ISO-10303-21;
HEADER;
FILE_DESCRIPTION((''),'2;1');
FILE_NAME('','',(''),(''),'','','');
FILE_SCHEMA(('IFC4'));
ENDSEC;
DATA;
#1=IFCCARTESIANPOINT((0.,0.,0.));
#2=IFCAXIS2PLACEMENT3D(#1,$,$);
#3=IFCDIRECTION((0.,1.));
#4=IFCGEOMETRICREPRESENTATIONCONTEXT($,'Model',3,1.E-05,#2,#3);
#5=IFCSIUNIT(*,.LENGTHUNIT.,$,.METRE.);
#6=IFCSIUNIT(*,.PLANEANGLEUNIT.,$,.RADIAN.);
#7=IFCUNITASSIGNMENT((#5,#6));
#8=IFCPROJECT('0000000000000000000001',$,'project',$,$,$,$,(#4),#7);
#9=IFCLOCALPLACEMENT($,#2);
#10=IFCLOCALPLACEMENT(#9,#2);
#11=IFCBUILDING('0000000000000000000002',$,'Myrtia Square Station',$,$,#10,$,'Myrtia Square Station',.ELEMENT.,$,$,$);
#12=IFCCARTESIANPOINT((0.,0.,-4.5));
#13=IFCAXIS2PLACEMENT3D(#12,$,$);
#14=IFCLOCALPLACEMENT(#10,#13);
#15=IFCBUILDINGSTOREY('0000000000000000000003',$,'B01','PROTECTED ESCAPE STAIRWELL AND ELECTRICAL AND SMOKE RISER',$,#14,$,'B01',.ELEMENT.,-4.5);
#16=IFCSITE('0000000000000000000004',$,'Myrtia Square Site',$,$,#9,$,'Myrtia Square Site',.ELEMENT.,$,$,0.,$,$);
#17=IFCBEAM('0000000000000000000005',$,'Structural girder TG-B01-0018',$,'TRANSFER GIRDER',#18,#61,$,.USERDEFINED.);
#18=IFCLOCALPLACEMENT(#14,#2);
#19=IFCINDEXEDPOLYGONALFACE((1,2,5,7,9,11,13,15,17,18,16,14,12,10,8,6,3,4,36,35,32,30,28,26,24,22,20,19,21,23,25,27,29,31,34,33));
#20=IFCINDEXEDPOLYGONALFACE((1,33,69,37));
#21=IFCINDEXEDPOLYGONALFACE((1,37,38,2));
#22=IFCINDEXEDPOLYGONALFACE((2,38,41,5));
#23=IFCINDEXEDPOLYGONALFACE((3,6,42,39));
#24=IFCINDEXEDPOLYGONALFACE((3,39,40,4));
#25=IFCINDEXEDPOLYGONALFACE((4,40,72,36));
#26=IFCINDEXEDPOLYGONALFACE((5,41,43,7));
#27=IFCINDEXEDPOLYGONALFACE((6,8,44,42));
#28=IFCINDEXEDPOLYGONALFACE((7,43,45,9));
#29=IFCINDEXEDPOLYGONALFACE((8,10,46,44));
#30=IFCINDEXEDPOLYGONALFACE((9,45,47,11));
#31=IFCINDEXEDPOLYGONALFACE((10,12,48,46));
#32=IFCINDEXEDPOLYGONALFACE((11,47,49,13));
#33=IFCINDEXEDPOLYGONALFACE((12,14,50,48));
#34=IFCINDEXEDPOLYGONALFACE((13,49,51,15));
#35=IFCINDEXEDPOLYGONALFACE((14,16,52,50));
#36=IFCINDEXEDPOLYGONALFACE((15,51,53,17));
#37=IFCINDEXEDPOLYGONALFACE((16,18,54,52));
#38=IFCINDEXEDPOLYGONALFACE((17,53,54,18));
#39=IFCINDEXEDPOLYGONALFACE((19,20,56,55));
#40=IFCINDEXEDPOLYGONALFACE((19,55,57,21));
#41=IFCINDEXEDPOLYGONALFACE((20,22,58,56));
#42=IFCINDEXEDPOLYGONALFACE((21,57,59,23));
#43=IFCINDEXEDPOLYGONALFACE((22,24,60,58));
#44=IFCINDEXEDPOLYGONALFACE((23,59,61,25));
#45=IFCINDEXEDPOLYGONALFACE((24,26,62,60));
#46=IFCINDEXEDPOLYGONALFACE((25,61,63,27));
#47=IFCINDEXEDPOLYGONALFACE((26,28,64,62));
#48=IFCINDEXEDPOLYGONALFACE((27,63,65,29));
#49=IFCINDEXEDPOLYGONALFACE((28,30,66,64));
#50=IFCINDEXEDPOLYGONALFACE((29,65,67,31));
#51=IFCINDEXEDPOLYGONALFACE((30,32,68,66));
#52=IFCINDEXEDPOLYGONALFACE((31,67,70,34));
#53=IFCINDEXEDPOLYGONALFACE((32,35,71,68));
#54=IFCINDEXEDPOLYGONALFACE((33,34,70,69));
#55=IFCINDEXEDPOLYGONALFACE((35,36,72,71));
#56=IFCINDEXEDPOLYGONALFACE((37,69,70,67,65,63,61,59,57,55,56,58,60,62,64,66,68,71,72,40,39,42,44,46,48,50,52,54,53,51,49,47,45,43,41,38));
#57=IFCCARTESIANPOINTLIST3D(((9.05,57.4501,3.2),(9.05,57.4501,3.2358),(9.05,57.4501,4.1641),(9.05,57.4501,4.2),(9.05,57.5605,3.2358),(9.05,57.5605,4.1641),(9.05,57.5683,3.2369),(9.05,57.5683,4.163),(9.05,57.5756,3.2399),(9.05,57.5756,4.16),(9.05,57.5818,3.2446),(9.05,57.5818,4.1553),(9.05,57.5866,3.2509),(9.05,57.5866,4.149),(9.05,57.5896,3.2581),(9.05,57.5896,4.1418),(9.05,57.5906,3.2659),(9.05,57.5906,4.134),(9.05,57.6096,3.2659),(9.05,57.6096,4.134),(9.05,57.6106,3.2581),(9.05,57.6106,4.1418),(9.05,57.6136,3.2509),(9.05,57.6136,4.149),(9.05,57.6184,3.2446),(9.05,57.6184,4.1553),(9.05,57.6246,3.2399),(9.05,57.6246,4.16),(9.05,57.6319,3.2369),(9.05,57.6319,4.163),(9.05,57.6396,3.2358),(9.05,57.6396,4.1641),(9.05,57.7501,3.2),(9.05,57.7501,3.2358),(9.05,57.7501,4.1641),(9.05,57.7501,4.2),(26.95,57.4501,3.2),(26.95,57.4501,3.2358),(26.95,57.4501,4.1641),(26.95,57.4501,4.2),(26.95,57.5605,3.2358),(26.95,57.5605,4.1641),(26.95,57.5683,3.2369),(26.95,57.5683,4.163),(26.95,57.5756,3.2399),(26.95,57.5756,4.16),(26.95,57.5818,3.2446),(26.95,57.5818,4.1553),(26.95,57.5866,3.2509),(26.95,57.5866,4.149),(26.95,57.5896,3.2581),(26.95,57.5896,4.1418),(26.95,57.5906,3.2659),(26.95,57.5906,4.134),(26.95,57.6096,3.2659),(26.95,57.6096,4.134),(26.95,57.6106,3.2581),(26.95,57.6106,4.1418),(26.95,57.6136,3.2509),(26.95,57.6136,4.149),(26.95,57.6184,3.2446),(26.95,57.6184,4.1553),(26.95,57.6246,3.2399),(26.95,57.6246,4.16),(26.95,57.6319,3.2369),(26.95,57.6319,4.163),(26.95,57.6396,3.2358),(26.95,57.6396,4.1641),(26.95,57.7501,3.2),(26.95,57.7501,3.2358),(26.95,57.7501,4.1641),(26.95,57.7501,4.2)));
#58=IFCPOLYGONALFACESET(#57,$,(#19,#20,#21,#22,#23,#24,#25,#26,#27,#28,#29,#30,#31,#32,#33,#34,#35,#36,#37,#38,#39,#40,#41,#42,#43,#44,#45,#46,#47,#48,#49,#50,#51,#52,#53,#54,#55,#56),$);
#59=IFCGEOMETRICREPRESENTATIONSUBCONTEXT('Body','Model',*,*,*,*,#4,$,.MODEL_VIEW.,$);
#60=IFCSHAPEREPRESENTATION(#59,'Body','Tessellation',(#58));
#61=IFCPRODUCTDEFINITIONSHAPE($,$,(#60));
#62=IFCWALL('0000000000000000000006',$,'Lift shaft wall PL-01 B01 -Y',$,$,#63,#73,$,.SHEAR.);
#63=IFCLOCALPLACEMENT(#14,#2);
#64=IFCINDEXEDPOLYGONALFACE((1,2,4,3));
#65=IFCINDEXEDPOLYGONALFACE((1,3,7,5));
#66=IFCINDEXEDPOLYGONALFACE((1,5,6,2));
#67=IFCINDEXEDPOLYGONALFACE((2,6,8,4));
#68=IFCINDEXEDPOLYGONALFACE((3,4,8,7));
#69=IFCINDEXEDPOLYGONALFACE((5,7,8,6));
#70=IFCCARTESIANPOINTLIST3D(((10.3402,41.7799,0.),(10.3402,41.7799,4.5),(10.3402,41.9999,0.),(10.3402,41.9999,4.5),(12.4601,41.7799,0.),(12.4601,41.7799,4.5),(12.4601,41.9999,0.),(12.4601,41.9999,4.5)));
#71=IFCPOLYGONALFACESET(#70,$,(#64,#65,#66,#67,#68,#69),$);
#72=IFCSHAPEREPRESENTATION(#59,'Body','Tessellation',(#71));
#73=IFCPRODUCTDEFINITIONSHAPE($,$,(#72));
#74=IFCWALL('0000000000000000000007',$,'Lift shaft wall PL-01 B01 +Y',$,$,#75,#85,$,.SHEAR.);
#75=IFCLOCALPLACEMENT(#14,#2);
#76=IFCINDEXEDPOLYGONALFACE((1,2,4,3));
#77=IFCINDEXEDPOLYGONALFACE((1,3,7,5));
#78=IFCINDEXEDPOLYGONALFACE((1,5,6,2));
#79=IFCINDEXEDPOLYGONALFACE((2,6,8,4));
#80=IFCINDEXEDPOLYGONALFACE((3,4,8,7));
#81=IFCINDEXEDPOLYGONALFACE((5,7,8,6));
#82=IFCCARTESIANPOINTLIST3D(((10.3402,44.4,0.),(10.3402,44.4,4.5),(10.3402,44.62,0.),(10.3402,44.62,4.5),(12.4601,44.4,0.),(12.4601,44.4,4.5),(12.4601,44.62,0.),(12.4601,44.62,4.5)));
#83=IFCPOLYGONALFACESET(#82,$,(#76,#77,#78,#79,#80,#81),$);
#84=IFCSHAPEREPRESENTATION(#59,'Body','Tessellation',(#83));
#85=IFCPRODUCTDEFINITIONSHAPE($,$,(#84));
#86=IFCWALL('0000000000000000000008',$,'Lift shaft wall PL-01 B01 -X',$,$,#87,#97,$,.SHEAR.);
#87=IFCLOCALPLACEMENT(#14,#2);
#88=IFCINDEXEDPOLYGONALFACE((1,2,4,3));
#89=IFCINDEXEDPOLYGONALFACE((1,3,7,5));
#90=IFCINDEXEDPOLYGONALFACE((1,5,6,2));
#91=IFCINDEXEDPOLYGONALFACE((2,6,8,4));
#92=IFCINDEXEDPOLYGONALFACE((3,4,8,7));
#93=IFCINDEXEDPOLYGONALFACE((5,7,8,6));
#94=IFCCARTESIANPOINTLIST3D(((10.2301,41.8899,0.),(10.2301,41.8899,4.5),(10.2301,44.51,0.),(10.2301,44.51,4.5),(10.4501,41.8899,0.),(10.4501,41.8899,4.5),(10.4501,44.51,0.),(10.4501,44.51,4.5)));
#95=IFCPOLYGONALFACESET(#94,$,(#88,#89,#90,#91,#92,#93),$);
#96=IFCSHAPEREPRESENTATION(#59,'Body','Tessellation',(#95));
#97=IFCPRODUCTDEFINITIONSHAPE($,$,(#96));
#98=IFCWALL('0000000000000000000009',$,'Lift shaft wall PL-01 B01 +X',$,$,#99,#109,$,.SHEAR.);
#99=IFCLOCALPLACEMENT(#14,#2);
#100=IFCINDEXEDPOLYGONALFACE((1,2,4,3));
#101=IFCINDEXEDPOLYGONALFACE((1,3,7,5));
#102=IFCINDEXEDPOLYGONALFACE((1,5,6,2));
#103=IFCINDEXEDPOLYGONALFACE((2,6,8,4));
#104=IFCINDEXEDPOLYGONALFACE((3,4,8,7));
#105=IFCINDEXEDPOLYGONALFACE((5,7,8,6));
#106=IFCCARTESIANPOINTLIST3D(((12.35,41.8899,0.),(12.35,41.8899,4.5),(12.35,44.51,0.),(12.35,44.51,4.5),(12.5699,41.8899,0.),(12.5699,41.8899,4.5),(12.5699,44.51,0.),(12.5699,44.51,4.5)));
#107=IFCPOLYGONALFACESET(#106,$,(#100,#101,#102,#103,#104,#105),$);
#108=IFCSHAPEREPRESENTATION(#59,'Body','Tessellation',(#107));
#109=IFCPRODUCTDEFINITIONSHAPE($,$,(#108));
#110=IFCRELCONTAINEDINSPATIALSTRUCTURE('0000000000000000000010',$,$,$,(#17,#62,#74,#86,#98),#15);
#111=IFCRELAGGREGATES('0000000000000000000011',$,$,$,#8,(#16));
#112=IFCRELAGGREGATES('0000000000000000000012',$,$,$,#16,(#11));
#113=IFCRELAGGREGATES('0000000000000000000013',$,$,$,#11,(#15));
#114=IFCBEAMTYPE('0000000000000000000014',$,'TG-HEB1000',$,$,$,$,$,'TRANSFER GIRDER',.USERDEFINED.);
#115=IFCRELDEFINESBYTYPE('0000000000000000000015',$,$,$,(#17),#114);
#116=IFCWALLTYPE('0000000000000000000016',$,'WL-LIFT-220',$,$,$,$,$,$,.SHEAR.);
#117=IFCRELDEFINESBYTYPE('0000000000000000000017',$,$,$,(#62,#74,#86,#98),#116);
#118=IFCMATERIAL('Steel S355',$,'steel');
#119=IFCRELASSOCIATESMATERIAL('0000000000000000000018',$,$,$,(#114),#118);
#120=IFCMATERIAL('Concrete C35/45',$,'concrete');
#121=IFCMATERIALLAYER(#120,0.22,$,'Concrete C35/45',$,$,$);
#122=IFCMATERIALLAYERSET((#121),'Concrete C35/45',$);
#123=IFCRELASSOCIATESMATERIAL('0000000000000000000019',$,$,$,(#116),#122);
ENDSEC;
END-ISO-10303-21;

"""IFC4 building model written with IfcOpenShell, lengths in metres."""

from ifc_helpers import new_model, si_unit, direction, frame, frame_2d, origin, origin_2d, place, context, subcontext, project, spatial, rectangle, i_section, extrude, material, layer, layer_set, material_profile, profile_set, type_object, element, save


model = new_model("IFC4")

# Units and contexts
model_context = context("Model", 3, precision=1e-05, world=origin(), true_north=direction((0.0, 1.0)))
body_context = subcontext(model_context, "Body", "Model", "MODEL_VIEW")
ifc_project = project(units=[si_unit("LENGTHUNIT", "METRE"), si_unit("PLANEANGLEUNIT", "RADIAN")], contexts=[model_context])

# Site, building, storey
site_placement = place(None, origin())
site = spatial("IfcSite", under=ifc_project, at=site_placement, Name="Myrtia Square Site", LongName="Myrtia Square Site", CompositionType="ELEMENT", RefElevation=0.0)
building_placement = place(site_placement, origin())
building = spatial("IfcBuilding", under=site, at=building_placement, Name="Myrtia Square Station", LongName="Myrtia Square Station", CompositionType="ELEMENT")
storey_placement = place(building_placement, frame((0.0, 0.0, -4.5)))
storey = spatial("IfcBuildingStorey", under=building, at=storey_placement, Name="B01", Description="PROTECTED ESCAPE STAIRWELL AND ELECTRICAL AND SMOKE RISER", LongName="B01", CompositionType="ELEMENT", Elevation=-4.5)

# Shared definitions
ifc_material_1 = material(Name="Concrete C35/45", Category="concrete")

# Shared definitions
ifc_material_2 = material(Name="Steel S355", Category="steel")

# Beam
ifc_material_profile_1 = material_profile(ifc_material_2, i_section(OverallWidth=0.3, OverallDepth=1.0, WebThickness=0.019, FlangeThickness=0.0359, FilletRadius=0.03, at=origin_2d()), Name="HEB 1000")
ifc_profile_set_1 = profile_set([ifc_material_profile_1], Name="Steel S355")
beam_type_1 = type_object("IfcBeamType", Name="TG-HEB1000", ElementType="TRANSFER GIRDER", PredefinedType="USERDEFINED", material=ifc_profile_set_1)
for number, where, z_axis, x_axis, name in (
    (1, (9.05, 57.6001, 3.7), (1.0, 0.0, 0.0), (0.0, 1.0, 0.0), "Structural girder TG-B01-0018"),
):
    element("IfcBeam", number, at=place(storey_placement, frame(where, z_axis=z_axis, x_axis=x_axis)), inside=storey, type_object=beam_type_1, Name=name, ObjectType="TRANSFER GIRDER", PredefinedType="USERDEFINED", context=body_context, shape_type="SweptSolid", body=[
        extrude(i_section(OverallWidth=0.3, OverallDepth=1.0, WebThickness=0.019, FlangeThickness=0.0359, FilletRadius=0.03, at=origin_2d()), origin(), (0.0, 0.0, 1.0), 17.8999),
    ])

# Walls
ifc_layer = layer(ifc_material_1, 0.22, Name="Concrete C35/45")
ifc_layer_set = layer_set([ifc_layer], Name="Concrete C35/45")
wall_type = type_object("IfcWallType", Name="WL-LIFT-220", PredefinedType="SHEAR", material=ifc_layer_set)
for number, where, z_axis, x_axis, name in (
    (2, (10.3401, 41.8899, 0.0), (0.0, 0.0, 1.0), (1.0, 0.0, 0.0), "Lift shaft wall PL-01 B01 -Y"),
    (3, (10.3401, 44.51, 0.0), (0.0, 0.0, 1.0), (1.0, 0.0, 0.0), "Lift shaft wall PL-01 B01 +Y"),
):
    element("IfcWall", number, at=place(storey_placement, frame(where, z_axis=z_axis, x_axis=x_axis)), inside=storey, type_object=wall_type, Name=name, PredefinedType="SHEAR", context=body_context, shape_type="SweptSolid", body=[
        extrude(rectangle(XDim=2.1199, YDim=0.22, at=frame_2d((1.0601, 0.0))), origin(), (0.0, 0.0, 1.0), 4.5),
    ])
for number, where, z_axis, x_axis, name in (
    (4, (10.3401, 41.8899, 0.0), (0.0, 0.0, 1.0), (0.0, 1.0, 0.0), "Lift shaft wall PL-01 B01 -X"),
    (5, (12.46, 41.8899, 0.0), (0.0, 0.0, 1.0), (0.0, 1.0, 0.0), "Lift shaft wall PL-01 B01 +X"),
):
    element("IfcWall", number, at=place(storey_placement, frame(where, z_axis=z_axis, x_axis=x_axis)), inside=storey, type_object=wall_type, Name=name, PredefinedType="SHEAR", context=body_context, shape_type="SweptSolid", body=[
        extrude(rectangle(XDim=2.6201, YDim=0.22, at=frame_2d((1.3101, 0.0))), origin(), (0.0, 0.0, 1.0), 4.5),
    ])

save(model, "model.ifc")
